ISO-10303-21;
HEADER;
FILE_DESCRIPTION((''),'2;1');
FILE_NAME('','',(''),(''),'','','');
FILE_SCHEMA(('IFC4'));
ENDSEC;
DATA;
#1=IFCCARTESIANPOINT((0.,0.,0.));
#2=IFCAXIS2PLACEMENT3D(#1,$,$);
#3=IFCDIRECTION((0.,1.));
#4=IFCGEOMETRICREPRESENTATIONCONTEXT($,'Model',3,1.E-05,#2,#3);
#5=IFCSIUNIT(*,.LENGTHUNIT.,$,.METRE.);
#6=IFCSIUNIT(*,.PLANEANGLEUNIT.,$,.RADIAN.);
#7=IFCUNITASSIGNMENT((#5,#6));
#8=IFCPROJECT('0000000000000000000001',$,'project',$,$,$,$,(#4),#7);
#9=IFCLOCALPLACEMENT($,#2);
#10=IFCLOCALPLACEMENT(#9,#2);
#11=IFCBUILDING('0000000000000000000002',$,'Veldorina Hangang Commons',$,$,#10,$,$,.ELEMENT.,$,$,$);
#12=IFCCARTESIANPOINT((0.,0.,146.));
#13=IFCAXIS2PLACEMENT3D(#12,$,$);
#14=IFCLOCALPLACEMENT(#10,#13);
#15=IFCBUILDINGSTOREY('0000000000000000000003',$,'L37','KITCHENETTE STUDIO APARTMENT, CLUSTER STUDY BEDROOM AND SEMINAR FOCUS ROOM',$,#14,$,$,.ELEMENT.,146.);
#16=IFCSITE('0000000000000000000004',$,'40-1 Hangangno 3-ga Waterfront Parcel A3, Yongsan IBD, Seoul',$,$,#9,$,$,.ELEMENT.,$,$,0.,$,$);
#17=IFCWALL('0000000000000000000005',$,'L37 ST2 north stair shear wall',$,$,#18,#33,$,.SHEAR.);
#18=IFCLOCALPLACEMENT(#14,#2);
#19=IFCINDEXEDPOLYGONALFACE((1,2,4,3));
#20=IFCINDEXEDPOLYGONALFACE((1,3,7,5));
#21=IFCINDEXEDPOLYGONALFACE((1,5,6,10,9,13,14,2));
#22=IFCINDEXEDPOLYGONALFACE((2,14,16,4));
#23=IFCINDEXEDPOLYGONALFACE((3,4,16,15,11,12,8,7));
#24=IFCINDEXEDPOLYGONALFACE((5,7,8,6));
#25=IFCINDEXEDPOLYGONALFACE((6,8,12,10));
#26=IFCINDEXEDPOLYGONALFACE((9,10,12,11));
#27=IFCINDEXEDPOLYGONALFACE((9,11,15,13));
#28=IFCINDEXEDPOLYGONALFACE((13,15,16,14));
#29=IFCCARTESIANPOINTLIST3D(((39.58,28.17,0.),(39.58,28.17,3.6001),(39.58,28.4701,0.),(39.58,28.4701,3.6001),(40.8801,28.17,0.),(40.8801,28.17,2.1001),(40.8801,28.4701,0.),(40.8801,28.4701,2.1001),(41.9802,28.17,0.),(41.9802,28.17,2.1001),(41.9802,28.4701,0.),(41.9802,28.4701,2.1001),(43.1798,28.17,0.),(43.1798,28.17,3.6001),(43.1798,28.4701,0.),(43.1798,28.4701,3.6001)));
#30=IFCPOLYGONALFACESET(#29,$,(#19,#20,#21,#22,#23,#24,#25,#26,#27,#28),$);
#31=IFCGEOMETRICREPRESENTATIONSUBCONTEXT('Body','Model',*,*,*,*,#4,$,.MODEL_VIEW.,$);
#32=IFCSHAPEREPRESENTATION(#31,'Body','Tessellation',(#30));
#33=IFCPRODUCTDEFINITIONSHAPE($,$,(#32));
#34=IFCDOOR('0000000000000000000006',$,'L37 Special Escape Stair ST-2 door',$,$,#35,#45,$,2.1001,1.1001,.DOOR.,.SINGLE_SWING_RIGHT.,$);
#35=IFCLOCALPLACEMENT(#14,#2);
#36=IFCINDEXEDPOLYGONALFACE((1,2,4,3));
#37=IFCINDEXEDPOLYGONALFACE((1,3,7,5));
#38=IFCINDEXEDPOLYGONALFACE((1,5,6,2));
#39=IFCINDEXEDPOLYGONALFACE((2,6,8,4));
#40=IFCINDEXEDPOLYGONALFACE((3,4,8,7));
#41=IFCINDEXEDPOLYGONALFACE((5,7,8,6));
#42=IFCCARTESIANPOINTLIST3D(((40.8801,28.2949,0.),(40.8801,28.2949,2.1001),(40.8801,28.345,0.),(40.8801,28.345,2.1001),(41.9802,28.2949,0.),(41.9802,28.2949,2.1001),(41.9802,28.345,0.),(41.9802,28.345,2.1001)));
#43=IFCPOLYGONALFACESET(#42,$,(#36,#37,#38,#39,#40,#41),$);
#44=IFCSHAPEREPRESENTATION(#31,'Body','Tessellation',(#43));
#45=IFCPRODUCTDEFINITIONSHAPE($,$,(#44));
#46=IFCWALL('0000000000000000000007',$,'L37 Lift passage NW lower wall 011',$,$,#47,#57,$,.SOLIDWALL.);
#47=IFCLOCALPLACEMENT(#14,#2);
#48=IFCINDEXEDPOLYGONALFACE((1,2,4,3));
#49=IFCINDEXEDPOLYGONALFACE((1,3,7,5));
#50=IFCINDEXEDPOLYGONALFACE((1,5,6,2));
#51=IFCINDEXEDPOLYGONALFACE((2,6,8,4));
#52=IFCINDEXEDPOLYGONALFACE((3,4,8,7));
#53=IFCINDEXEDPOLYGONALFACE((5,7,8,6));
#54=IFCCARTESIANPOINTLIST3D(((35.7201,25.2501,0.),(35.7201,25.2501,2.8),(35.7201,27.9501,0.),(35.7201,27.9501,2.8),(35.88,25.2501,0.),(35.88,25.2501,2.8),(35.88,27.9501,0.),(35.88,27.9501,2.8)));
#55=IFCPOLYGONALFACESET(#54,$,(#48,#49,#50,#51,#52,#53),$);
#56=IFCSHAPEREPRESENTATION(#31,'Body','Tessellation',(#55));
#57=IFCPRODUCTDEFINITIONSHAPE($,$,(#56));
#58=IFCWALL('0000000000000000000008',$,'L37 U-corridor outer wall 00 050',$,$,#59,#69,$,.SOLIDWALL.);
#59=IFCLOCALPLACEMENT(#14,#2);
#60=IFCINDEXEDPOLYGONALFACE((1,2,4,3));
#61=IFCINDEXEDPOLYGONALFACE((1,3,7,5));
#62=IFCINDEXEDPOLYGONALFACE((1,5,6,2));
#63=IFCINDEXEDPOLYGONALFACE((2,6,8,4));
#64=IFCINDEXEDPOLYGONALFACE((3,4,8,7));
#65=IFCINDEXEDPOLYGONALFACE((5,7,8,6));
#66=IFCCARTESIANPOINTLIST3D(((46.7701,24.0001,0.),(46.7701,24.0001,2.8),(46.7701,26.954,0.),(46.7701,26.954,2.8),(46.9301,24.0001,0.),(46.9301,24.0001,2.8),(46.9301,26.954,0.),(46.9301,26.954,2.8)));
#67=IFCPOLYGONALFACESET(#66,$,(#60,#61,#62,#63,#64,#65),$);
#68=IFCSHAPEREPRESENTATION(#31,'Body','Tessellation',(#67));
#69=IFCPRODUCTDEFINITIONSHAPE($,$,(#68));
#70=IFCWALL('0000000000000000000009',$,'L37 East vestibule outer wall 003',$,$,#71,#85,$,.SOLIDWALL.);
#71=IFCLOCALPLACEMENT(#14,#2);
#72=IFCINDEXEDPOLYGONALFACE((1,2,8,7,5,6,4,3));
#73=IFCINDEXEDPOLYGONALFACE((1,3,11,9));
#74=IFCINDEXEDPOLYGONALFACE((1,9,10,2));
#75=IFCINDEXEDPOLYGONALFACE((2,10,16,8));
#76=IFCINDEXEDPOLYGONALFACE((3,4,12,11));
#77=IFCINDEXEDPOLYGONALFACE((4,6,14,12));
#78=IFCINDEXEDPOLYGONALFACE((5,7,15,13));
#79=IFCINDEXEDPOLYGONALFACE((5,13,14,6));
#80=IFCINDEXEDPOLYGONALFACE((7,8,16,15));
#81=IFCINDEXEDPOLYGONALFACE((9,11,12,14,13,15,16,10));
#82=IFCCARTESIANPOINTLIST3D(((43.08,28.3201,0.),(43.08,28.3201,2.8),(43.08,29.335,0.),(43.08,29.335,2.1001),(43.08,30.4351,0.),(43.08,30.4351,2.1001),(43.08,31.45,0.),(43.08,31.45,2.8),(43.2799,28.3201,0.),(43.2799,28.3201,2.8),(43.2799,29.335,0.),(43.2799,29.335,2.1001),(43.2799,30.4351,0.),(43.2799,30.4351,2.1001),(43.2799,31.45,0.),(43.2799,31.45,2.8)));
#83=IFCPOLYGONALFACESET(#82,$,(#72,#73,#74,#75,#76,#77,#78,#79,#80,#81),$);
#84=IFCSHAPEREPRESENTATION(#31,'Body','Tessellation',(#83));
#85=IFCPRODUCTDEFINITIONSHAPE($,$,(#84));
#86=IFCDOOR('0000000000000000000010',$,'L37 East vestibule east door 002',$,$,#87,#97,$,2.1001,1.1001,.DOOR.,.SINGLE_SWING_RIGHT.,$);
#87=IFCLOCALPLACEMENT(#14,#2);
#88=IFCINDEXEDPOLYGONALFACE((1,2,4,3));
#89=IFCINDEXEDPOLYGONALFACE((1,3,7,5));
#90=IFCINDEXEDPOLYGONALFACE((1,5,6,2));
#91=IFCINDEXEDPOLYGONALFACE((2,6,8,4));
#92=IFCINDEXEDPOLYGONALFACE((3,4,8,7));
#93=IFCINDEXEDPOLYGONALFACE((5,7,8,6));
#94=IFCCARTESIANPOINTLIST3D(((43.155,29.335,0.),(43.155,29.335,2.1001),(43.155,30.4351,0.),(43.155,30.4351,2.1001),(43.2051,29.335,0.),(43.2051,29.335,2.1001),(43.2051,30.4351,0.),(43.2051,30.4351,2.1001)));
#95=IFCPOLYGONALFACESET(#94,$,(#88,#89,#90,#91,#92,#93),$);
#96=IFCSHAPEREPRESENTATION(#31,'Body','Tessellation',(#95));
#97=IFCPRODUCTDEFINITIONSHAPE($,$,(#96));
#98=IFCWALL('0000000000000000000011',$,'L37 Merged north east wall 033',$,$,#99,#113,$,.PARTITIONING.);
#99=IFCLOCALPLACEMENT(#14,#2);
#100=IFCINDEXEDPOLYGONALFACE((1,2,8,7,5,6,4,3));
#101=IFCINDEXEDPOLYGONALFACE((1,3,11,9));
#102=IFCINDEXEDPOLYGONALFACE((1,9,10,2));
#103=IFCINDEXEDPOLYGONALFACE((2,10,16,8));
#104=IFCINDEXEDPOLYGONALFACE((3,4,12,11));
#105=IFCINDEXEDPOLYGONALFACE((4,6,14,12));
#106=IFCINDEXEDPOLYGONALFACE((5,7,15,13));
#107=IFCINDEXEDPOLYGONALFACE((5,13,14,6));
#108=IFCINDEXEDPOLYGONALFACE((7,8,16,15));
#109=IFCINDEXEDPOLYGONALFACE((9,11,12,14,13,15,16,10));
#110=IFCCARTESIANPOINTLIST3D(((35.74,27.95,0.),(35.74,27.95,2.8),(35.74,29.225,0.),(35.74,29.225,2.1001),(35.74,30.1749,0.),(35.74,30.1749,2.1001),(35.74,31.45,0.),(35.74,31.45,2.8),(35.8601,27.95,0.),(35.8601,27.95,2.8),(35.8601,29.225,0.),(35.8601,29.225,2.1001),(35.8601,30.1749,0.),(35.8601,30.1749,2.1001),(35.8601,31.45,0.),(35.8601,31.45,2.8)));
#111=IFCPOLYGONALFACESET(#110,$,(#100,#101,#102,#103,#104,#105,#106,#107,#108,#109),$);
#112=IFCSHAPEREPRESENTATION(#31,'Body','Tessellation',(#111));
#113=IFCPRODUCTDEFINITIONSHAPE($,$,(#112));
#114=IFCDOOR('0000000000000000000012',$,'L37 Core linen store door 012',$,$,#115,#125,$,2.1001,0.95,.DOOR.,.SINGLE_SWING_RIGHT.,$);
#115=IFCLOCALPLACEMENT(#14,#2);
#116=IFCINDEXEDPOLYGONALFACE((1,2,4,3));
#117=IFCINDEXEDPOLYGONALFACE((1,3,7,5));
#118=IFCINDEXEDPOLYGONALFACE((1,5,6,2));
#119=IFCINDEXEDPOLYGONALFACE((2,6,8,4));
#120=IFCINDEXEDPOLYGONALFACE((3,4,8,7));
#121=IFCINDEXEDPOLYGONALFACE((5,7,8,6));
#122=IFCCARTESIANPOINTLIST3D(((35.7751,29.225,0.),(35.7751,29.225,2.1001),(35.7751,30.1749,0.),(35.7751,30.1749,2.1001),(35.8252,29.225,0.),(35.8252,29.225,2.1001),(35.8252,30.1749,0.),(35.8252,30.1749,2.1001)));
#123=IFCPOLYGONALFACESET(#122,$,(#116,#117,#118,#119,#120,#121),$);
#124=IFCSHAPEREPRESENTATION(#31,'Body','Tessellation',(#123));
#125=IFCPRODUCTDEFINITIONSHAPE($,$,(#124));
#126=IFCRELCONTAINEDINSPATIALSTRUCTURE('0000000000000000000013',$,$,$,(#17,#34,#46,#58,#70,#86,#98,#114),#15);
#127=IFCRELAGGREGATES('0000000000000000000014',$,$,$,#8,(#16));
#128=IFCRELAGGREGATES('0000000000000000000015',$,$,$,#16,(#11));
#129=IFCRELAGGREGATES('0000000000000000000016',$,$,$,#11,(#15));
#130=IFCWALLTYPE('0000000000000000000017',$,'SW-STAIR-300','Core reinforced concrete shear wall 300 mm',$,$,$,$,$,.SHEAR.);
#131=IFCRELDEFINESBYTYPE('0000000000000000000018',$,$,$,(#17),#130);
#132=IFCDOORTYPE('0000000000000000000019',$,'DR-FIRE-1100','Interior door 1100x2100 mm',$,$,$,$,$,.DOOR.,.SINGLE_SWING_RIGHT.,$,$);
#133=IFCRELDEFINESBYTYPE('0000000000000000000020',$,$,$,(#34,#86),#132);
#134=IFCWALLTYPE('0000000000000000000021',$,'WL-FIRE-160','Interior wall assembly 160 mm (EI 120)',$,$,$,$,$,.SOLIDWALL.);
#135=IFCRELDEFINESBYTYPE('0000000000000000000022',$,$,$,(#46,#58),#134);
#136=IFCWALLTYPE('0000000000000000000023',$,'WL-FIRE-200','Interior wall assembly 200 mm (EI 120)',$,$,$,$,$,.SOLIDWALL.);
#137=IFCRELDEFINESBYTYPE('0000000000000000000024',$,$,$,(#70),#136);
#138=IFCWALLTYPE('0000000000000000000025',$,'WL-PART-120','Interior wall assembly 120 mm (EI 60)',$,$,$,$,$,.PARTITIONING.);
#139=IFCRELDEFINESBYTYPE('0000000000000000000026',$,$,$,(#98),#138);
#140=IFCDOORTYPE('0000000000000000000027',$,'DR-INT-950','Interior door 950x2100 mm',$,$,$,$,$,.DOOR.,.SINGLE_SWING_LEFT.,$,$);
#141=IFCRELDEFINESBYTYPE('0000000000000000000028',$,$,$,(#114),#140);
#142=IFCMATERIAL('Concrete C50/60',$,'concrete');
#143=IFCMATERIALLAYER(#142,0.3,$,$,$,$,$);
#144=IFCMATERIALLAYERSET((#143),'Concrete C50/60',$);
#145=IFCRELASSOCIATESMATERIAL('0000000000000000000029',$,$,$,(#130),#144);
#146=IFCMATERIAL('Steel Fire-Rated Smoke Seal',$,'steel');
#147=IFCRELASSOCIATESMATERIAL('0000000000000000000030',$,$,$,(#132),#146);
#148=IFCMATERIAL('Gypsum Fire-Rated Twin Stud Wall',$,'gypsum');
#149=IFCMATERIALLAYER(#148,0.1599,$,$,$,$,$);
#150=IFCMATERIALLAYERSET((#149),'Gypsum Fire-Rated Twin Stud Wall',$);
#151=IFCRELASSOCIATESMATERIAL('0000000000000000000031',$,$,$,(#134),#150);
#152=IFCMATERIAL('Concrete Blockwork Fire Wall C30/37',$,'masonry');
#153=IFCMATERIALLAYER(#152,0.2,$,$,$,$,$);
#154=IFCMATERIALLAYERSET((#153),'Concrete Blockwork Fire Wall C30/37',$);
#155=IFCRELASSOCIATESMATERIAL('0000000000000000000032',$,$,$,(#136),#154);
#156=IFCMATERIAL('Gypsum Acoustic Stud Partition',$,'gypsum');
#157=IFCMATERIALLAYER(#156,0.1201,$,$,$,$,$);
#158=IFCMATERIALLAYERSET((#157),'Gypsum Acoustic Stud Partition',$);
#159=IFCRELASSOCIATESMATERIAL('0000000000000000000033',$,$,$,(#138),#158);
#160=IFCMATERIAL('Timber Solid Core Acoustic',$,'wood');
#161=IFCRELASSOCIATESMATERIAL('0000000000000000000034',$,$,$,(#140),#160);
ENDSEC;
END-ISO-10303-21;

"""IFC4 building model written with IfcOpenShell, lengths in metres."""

from ifc_helpers import new_model, si_unit, direction, frame, frame_2d, origin, place, context, subcontext, project, spatial, rectangle, extrude, material, layer, layer_set, type_object, element, fill, save


model = new_model("IFC4")

# Units and contexts
model_context = context("Model", 3, precision=1e-05, world=origin(), true_north=direction((0.0, 1.0)))
body_context = subcontext(model_context, "Body", "Model", "MODEL_VIEW")
ifc_project = project(units=[si_unit("LENGTHUNIT", "METRE"), si_unit("PLANEANGLEUNIT", "RADIAN")], contexts=[model_context])

# Site, building, storey
site_placement = place(None, origin())
site = spatial("IfcSite", under=ifc_project, at=site_placement, Name="40-1 Hangangno 3-ga Waterfront Parcel A3, Yongsan IBD, Seoul", CompositionType="ELEMENT", RefElevation=0.0)
building_placement = place(site_placement, origin())
building = spatial("IfcBuilding", under=site, at=building_placement, Name="Veldorina Hangang Commons", CompositionType="ELEMENT")
storey_placement = place(building_placement, frame((0.0, 0.0, 146.0)))
storey = spatial("IfcBuildingStorey", under=building, at=storey_placement, Name="L37", Description="KITCHENETTE STUDIO APARTMENT, CLUSTER STUDY BEDROOM AND SEMINAR FOCUS ROOM", CompositionType="ELEMENT", Elevation=146.0)

# Wall, opening, door
ifc_material_1 = material(Name="Concrete C50/60", Category="concrete")
ifc_layer_1 = layer(ifc_material_1, 0.3)
ifc_layer_set_1 = layer_set([ifc_layer_1], Name="Concrete C50/60")
wall_type_1 = type_object("IfcWallType", Name="SW-STAIR-300", Description="Core reinforced concrete shear wall 300 mm", PredefinedType="SHEAR", material=ifc_layer_set_1)
wall_1_placement = place(storey_placement, frame((39.5801, 28.3201, 0.0), z_axis=(0.0, 0.0, 1.0), x_axis=(1.0, 0.0, 0.0)))
wall_1 = element("IfcWall", 1, at=wall_1_placement, inside=storey, type_object=wall_type_1, Name="L37 ST2 north stair shear wall", PredefinedType="SHEAR", context=body_context, shape_type="SweptSolid", body=[
    extrude(rectangle(XDim=3.5999, YDim=0.3, at=frame_2d((1.7998, 0.0))), origin(), (0.0, 0.0, 1.0), 3.6001),
])
opening_1_placement = place(wall_1_placement, frame((1.3, 0.0, 0.0)))
opening_1 = element("IfcOpeningElement", 2, at=opening_1_placement, cuts=wall_1, PredefinedType="OPENING", context=body_context, shape_type="SweptSolid", body=[
    extrude(rectangle(XDim=1.1001, YDim=2.1001, at=frame_2d((0.55, 1.05))), frame((0.0, 0.1602, 0.0), z_axis=(0.0, -1.0, 0.0), x_axis=(1.0, 0.0, 0.0)), (0.0, 0.0, 1.0), 0.3201),
])
ifc_material_2 = material(Name="Steel Fire-Rated Smoke Seal", Category="steel")
door_type_1 = type_object("IfcDoorType", Name="DR-FIRE-1100", Description="Interior door 1100x2100 mm", OperationType="SINGLE_SWING_RIGHT", PredefinedType="DOOR", material=ifc_material_2)
door_1_placement = place(opening_1_placement, origin())
door_1 = element("IfcDoor", 3, at=door_1_placement, inside=storey, type_object=door_type_1, Name="L37 Special Escape Stair ST-2 door", OperationType="SINGLE_SWING_RIGHT", OverallHeight=2.1001, OverallWidth=1.1001, PredefinedType="DOOR", context=body_context, shape_type="SweptSolid", body=[
    extrude(rectangle(XDim=1.1001, YDim=2.1001, at=frame_2d((0.55, 1.05))), frame((0.0, 0.0249, 0.0), z_axis=(0.0, -1.0, 0.0), x_axis=(1.0, 0.0, 0.0)), (0.0, 0.0, 1.0), 0.05),
])
fill(opening_1, door_1)

# Walls
ifc_material_3 = material(Name="Gypsum Fire-Rated Twin Stud Wall", Category="gypsum")
ifc_layer_2 = layer(ifc_material_3, 0.1599)
ifc_layer_set_2 = layer_set([ifc_layer_2], Name="Gypsum Fire-Rated Twin Stud Wall")
wall_type_2 = type_object("IfcWallType", Name="WL-FIRE-160", Description="Interior wall assembly 160 mm (EI 120)", PredefinedType="SOLIDWALL", material=ifc_layer_set_2)
wall_2_placement = place(storey_placement, frame((35.8, 25.25, 0.0), z_axis=(0.0, 0.0, 1.0), x_axis=(0.0, 1.0, 0.0)))
element("IfcWall", 4, at=wall_2_placement, inside=storey, type_object=wall_type_2, Name="L37 Lift passage NW lower wall 011", PredefinedType="SOLIDWALL", context=body_context, shape_type="SweptSolid", body=[
    extrude(rectangle(XDim=2.7, YDim=0.1599, at=frame_2d((1.3501, 0.0))), origin(), (0.0, 0.0, 1.0), 2.8),
])
wall_3_placement = place(storey_placement, frame((46.8501, 24.0, 0.0), z_axis=(0.0, 0.0, 1.0), x_axis=(0.0, 1.0, 0.0)))
element("IfcWall", 5, at=wall_3_placement, inside=storey, type_object=wall_type_2, Name="L37 U-corridor outer wall 00 050", PredefinedType="SOLIDWALL", context=body_context, shape_type="SweptSolid", body=[
    extrude(rectangle(XDim=2.9539, YDim=0.1599, at=frame_2d((1.4771, 0.0))), origin(), (0.0, 0.0, 1.0), 2.8),
])

# Walls, openings, doors
ifc_material_4 = material(Name="Concrete Blockwork Fire Wall C30/37", Category="masonry")
ifc_layer_3 = layer(ifc_material_4, 0.2)
ifc_layer_set_3 = layer_set([ifc_layer_3], Name="Concrete Blockwork Fire Wall C30/37")
wall_type_3 = type_object("IfcWallType", Name="WL-FIRE-200", Description="Interior wall assembly 200 mm (EI 120)", PredefinedType="SOLIDWALL", material=ifc_layer_set_3)
wall_4_placement = place(storey_placement, frame((43.1799, 28.3201, 0.0), z_axis=(0.0, 0.0, 1.0), x_axis=(0.0, 1.0, 0.0)))
wall_4 = element("IfcWall", 6, at=wall_4_placement, inside=storey, type_object=wall_type_3, Name="L37 East vestibule outer wall 003", PredefinedType="SOLIDWALL", context=body_context, shape_type="SweptSolid", body=[
    extrude(rectangle(XDim=3.1299, YDim=0.2, at=frame_2d((1.5649, 0.0))), origin(), (0.0, 0.0, 1.0), 2.8),
])
opening_2_placement = place(wall_4_placement, frame((1.0149, 0.0, 0.0)))
opening_2 = element("IfcOpeningElement", 7, at=opening_2_placement, cuts=wall_4, PredefinedType="OPENING", context=body_context, shape_type="SweptSolid", body=[
    extrude(rectangle(XDim=1.1001, YDim=2.1001, at=frame_2d((0.55, 1.05))), frame((0.0, 0.1099, 0.0), z_axis=(0.0, -1.0, 0.0), x_axis=(1.0, 0.0, 0.0)), (0.0, 0.0, 1.0), 0.22),
])
door_2_placement = place(opening_2_placement, origin())
door_2 = element("IfcDoor", 8, at=door_2_placement, inside=storey, type_object=door_type_1, Name="L37 East vestibule east door 002", OperationType="SINGLE_SWING_RIGHT", OverallHeight=2.1001, OverallWidth=1.1001, PredefinedType="DOOR", context=body_context, shape_type="SweptSolid", body=[
    extrude(rectangle(XDim=1.1001, YDim=2.1001, at=frame_2d((0.55, 1.05))), frame((0.0, 0.0249, 0.0), z_axis=(0.0, -1.0, 0.0), x_axis=(1.0, 0.0, 0.0)), (0.0, 0.0, 1.0), 0.05),
])
fill(opening_2, door_2)
ifc_material_5 = material(Name="Gypsum Acoustic Stud Partition", Category="gypsum")
ifc_layer_4 = layer(ifc_material_5, 0.1201)
ifc_layer_set_4 = layer_set([ifc_layer_4], Name="Gypsum Acoustic Stud Partition")
wall_type_4 = type_object("IfcWallType", Name="WL-PART-120", Description="Interior wall assembly 120 mm (EI 60)", PredefinedType="PARTITIONING", material=ifc_layer_set_4)
wall_5_placement = place(storey_placement, frame((35.8, 27.95, 0.0), z_axis=(0.0, 0.0, 1.0), x_axis=(0.0, 1.0, 0.0)))
wall_5 = element("IfcWall", 9, at=wall_5_placement, inside=storey, type_object=wall_type_4, Name="L37 Merged north east wall 033", PredefinedType="PARTITIONING", context=body_context, shape_type="SweptSolid", body=[
    extrude(rectangle(XDim=3.5, YDim=0.1201, at=frame_2d((1.75, 0.0))), origin(), (0.0, 0.0, 1.0), 2.8),
])
opening_3_placement = place(wall_5_placement, frame((1.2749, 0.0, 0.0)))
opening_3 = element("IfcOpeningElement", 10, at=opening_3_placement, cuts=wall_5, PredefinedType="OPENING", context=body_context, shape_type="SweptSolid", body=[
    extrude(rectangle(XDim=0.95, YDim=2.1001, at=frame_2d((0.4751, 1.05))), frame((0.0, 0.0701, 0.0), z_axis=(0.0, -1.0, 0.0), x_axis=(1.0, 0.0, 0.0)), (0.0, 0.0, 1.0), 0.1401),
])
ifc_material_6 = material(Name="Timber Solid Core Acoustic", Category="wood")
door_type_2 = type_object("IfcDoorType", Name="DR-INT-950", Description="Interior door 950x2100 mm", OperationType="SINGLE_SWING_LEFT", PredefinedType="DOOR", material=ifc_material_6)
door_3_placement = place(opening_3_placement, origin())
door_3 = element("IfcDoor", 11, at=door_3_placement, inside=storey, type_object=door_type_2, Name="L37 Core linen store door 012", OperationType="SINGLE_SWING_RIGHT", OverallHeight=2.1001, OverallWidth=0.95, PredefinedType="DOOR", context=body_context, shape_type="SweptSolid", body=[
    extrude(rectangle(XDim=0.95, YDim=2.1001, at=frame_2d((0.4751, 1.05))), frame((0.0, 0.0249, 0.0), z_axis=(0.0, -1.0, 0.0), x_axis=(1.0, 0.0, 0.0)), (0.0, 0.0, 1.0), 0.05),
])
fill(opening_3, door_3)

save(model, "model.ifc")
